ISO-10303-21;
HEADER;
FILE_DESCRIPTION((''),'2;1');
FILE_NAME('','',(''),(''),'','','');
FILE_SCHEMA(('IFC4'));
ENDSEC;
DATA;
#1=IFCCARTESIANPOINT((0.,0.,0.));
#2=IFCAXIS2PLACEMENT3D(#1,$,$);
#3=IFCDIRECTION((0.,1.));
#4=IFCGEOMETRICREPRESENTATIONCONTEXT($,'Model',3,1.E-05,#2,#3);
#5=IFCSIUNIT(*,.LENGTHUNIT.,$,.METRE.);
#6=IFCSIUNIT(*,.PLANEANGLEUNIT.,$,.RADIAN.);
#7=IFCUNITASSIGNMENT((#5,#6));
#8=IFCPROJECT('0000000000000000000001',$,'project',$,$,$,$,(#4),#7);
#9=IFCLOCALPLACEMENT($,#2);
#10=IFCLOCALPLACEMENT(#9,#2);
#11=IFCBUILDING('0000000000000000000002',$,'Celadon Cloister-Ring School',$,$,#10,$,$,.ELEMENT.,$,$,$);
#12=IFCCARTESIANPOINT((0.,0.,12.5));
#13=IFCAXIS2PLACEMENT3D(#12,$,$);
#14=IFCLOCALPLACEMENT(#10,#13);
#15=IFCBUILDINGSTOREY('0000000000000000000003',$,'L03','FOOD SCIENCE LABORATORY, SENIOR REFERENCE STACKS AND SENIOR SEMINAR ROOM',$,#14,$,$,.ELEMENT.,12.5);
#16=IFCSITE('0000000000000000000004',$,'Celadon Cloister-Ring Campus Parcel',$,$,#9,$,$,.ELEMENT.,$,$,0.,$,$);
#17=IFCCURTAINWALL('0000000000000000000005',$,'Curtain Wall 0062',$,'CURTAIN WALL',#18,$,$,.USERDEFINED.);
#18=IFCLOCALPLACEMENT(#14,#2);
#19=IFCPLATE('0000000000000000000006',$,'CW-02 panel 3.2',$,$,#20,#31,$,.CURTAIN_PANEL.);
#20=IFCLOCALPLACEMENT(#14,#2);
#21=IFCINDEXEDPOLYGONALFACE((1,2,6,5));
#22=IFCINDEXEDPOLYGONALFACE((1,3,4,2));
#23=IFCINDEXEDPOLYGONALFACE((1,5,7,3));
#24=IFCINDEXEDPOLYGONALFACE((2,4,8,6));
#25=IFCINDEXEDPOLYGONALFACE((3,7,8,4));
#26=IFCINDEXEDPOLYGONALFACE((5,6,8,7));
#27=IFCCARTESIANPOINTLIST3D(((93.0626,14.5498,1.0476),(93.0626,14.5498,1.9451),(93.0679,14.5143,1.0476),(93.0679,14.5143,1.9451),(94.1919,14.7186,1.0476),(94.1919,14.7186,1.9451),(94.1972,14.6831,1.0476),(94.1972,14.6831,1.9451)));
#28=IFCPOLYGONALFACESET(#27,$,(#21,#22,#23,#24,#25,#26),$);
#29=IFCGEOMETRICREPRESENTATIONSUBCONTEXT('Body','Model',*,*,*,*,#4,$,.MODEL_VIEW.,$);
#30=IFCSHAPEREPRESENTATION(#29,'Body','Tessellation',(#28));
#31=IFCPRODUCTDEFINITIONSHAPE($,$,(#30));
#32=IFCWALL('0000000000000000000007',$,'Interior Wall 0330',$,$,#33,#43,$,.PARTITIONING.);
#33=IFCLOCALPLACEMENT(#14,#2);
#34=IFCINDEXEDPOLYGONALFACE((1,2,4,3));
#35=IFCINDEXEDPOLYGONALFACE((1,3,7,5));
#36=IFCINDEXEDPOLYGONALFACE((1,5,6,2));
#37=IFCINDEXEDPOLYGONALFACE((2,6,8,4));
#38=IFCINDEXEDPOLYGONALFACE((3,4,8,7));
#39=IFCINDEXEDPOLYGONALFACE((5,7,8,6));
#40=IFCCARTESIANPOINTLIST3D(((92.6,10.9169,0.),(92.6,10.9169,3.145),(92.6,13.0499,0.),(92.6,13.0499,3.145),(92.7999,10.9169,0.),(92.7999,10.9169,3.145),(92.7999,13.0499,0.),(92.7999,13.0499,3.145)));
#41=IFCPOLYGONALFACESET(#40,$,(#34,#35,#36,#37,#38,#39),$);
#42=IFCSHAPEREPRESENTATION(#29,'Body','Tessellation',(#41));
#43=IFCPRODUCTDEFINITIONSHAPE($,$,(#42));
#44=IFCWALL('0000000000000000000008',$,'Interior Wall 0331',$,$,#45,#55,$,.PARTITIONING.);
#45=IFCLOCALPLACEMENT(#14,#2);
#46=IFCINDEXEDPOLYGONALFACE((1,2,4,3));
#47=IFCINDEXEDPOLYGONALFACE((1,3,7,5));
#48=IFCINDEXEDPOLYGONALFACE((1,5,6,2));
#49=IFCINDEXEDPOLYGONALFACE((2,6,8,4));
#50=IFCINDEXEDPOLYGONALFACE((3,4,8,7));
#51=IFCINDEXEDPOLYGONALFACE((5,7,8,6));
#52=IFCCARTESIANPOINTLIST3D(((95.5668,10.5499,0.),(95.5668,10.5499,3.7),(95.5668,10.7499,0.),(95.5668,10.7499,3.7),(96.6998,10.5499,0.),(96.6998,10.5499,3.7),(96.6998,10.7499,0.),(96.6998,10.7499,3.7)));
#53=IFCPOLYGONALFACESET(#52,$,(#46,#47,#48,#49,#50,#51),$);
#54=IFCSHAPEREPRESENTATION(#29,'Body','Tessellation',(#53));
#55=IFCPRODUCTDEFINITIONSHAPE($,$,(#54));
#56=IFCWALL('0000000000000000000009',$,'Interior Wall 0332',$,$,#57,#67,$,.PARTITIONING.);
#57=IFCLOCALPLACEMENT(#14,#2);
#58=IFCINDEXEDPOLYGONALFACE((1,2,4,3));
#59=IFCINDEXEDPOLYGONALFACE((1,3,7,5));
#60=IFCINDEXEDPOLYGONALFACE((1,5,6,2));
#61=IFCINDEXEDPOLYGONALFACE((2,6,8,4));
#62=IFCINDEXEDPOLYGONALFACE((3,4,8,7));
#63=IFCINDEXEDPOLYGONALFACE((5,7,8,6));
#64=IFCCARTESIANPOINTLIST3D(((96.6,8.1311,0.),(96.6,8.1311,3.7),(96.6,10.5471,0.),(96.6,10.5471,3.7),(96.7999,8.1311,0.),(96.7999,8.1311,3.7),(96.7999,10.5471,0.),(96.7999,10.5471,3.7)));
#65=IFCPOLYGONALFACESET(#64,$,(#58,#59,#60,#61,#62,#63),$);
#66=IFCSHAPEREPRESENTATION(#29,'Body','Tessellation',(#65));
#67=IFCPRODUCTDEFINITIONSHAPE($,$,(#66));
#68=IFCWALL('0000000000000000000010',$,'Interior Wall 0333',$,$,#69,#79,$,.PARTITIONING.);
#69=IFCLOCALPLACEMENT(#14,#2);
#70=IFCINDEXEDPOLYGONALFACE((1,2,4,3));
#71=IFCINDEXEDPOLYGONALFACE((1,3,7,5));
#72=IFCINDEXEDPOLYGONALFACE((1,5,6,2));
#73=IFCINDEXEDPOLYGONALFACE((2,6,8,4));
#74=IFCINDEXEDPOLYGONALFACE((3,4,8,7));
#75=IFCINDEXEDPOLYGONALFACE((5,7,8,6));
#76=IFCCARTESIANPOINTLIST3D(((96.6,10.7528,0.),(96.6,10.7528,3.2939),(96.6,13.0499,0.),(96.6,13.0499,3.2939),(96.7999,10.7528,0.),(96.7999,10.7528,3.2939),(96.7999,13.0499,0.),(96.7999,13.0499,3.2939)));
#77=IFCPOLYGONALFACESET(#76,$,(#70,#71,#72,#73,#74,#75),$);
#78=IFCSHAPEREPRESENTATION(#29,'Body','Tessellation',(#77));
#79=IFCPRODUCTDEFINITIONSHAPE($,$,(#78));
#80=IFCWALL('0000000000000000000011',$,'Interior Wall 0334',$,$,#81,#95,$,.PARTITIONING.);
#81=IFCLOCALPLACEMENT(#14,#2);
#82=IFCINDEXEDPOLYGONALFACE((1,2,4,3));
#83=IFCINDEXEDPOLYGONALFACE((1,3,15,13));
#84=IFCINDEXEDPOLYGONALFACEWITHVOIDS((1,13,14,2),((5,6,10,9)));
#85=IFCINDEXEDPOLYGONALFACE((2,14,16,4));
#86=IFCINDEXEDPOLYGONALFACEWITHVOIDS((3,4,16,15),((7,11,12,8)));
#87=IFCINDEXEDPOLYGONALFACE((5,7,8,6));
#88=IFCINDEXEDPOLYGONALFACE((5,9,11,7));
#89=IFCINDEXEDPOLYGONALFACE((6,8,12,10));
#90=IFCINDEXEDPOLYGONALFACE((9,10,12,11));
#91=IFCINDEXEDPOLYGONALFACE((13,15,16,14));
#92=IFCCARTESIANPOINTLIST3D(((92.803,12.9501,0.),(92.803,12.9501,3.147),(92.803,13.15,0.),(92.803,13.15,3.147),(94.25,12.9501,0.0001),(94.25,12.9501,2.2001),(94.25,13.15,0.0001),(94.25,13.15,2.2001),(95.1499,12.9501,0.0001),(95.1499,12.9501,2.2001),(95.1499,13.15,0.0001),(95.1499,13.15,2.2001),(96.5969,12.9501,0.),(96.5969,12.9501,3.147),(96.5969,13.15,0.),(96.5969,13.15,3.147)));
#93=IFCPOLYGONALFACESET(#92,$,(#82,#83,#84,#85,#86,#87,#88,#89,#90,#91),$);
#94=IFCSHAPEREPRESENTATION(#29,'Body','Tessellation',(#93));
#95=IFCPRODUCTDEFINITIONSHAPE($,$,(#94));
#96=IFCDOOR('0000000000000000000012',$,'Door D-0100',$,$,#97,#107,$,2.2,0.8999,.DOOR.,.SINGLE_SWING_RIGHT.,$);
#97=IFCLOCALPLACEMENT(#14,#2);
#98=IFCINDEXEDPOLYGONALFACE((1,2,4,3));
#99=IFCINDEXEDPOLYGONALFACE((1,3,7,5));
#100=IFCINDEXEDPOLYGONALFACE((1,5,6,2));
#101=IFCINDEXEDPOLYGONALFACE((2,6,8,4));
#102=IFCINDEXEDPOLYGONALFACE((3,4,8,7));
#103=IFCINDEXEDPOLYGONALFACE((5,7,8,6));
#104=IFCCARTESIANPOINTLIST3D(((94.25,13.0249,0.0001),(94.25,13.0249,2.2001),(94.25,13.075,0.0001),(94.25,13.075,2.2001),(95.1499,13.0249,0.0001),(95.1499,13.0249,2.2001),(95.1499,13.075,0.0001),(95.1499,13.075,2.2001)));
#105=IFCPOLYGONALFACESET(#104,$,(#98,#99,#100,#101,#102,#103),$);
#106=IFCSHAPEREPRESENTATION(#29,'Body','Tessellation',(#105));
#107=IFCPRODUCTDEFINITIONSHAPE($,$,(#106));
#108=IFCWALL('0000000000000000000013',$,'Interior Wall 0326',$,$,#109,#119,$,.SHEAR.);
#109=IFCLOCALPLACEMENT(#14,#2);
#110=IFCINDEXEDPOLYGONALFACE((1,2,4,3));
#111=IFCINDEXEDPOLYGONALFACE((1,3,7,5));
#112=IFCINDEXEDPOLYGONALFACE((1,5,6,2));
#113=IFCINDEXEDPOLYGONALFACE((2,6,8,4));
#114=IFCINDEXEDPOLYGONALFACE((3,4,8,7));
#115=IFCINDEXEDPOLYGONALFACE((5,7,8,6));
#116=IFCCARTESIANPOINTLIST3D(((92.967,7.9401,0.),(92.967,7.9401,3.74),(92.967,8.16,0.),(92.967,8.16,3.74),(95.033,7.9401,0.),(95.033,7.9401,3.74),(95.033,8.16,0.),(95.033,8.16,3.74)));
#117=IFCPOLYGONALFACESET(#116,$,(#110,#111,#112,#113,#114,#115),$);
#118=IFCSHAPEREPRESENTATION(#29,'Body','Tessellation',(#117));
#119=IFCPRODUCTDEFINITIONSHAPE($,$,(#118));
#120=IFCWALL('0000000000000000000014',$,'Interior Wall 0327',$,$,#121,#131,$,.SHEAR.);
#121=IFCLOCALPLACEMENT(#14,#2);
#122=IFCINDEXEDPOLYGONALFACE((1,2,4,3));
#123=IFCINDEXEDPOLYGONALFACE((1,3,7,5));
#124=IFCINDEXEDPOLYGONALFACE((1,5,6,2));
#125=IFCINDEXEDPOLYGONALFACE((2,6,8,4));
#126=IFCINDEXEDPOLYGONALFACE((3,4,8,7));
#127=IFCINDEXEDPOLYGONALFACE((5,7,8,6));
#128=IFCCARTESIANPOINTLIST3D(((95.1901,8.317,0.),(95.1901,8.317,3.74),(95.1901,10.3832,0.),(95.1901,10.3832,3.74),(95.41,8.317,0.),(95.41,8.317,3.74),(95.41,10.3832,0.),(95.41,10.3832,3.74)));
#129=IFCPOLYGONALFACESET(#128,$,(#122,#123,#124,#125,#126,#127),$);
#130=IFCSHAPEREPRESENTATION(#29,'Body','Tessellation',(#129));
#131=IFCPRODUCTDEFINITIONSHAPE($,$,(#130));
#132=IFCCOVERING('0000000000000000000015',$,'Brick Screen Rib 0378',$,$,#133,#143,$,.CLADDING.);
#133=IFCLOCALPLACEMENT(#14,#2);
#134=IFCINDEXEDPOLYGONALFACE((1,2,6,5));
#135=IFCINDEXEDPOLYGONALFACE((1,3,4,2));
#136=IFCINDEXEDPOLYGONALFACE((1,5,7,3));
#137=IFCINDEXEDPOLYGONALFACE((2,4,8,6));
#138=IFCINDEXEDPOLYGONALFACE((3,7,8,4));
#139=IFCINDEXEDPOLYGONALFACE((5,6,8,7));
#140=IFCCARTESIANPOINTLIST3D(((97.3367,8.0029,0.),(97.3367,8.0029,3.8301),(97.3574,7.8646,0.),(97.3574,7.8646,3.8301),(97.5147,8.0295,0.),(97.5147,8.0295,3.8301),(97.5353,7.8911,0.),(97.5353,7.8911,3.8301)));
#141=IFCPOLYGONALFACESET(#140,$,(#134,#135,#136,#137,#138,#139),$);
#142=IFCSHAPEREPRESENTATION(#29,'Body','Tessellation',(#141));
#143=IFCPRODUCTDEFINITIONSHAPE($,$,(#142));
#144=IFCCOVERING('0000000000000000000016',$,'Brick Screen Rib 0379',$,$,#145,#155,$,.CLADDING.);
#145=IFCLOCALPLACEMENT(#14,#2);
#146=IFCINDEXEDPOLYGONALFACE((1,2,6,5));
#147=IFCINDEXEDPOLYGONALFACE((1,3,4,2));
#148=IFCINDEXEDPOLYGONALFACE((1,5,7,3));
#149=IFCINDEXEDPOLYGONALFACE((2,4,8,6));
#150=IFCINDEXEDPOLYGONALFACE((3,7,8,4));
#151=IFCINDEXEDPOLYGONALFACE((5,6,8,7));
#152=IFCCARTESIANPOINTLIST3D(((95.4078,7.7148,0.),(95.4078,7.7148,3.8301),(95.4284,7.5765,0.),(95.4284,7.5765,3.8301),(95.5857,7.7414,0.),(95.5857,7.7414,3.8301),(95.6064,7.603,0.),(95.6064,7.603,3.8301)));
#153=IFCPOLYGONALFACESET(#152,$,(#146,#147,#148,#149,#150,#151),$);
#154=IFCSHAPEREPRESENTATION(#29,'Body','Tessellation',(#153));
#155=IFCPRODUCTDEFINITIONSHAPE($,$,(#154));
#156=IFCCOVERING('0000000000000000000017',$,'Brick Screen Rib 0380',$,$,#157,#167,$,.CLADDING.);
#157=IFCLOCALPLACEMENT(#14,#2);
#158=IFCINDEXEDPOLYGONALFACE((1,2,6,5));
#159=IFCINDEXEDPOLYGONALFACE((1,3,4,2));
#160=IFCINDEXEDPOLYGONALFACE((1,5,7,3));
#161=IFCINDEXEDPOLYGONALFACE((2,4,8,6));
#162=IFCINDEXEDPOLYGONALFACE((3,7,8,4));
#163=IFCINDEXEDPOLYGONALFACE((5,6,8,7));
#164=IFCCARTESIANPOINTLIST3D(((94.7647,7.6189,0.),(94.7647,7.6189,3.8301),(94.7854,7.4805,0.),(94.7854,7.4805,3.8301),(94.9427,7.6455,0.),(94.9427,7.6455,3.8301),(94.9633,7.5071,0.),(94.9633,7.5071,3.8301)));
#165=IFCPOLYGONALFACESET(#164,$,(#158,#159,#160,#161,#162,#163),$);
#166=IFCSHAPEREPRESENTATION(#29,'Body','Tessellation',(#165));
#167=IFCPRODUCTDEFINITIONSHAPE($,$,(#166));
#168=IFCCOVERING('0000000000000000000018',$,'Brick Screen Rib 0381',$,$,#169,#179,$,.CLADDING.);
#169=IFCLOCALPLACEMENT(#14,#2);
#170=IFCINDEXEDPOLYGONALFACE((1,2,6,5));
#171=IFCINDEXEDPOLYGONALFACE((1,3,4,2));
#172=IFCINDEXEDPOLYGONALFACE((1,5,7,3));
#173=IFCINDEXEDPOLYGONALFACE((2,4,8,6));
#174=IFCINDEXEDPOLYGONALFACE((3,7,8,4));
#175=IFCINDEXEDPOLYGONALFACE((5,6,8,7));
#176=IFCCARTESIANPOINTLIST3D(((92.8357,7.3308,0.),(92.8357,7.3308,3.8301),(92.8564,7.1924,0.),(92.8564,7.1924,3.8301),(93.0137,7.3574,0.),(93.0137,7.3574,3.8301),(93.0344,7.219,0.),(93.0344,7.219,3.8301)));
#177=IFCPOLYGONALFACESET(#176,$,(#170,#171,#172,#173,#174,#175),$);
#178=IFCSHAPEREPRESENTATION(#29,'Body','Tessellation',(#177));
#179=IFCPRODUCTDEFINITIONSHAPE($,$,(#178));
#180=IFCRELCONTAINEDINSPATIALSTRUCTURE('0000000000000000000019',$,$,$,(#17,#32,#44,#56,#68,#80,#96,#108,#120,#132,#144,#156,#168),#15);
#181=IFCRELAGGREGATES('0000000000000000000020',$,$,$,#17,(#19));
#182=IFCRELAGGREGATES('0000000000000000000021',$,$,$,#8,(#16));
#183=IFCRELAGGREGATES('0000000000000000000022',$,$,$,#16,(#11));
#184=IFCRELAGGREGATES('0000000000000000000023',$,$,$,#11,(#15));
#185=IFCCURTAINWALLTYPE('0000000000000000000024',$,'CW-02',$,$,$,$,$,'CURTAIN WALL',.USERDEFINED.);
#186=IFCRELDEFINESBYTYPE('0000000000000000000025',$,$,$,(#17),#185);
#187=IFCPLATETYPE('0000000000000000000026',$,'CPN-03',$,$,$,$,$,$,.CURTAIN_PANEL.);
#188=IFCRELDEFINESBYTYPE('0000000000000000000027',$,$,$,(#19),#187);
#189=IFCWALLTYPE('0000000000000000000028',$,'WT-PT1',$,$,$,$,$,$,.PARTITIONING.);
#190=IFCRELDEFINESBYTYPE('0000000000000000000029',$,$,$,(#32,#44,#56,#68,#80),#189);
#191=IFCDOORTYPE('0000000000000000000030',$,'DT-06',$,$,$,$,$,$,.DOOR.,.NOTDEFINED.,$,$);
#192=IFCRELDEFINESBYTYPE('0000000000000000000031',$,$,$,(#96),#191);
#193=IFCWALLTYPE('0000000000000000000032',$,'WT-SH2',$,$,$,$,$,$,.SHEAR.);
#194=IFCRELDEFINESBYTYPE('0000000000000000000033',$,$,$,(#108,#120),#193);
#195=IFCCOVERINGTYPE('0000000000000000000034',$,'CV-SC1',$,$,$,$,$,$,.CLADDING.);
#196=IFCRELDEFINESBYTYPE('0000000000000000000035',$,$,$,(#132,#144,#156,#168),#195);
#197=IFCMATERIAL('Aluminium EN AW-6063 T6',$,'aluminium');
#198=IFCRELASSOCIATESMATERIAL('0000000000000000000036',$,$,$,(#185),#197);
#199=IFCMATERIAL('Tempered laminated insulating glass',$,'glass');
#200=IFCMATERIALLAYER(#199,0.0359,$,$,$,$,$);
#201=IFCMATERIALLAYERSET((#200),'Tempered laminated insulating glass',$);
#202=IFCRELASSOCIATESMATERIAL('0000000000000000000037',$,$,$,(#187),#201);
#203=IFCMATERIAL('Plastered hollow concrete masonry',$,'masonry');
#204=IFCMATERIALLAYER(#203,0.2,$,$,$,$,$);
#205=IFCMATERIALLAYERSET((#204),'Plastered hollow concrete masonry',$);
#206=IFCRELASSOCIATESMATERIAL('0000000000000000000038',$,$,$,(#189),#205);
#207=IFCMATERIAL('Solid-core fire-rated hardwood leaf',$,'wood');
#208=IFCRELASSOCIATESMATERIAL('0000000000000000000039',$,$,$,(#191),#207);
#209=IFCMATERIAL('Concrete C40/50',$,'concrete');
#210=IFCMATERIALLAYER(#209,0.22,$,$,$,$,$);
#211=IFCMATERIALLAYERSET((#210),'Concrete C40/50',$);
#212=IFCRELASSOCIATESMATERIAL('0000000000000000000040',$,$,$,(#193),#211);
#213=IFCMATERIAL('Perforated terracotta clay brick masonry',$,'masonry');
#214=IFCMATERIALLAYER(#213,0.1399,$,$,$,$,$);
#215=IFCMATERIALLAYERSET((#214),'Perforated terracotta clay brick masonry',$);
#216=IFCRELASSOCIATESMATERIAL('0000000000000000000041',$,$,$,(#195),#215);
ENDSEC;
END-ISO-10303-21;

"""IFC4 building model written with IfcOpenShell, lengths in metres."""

from ifc_helpers import new_model, si_unit, direction, frame, frame_2d, origin, origin_2d, place, context, subcontext, project, spatial, rectangle, extrude, material, layer, layer_set, type_object, element, fill, aggregate, save


model = new_model("IFC4")

# Units and contexts
model_context = context("Model", 3, precision=1e-05, world=origin(), true_north=direction((0.0, 1.0)))
body_context = subcontext(model_context, "Body", "Model", "MODEL_VIEW")
ifc_project = project(units=[si_unit("LENGTHUNIT", "METRE"), si_unit("PLANEANGLEUNIT", "RADIAN")], contexts=[model_context])

# Site, building, storey
site_placement = place(None, origin())
site = spatial("IfcSite", under=ifc_project, at=site_placement, Name="Celadon Cloister-Ring Campus Parcel", CompositionType="ELEMENT", RefElevation=0.0)
building_placement = place(site_placement, origin())
building = spatial("IfcBuilding", under=site, at=building_placement, Name="Celadon Cloister-Ring School", CompositionType="ELEMENT")
storey_placement = place(building_placement, frame((0.0, 0.0, 12.5)))
storey = spatial("IfcBuildingStorey", under=building, at=storey_placement, Name="L03", Description="FOOD SCIENCE LABORATORY, SENIOR REFERENCE STACKS AND SENIOR SEMINAR ROOM", CompositionType="ELEMENT", Elevation=12.5)

# Curtain wall
ifc_material_1 = material(Name="Aluminium EN AW-6063 T6", Category="aluminium")
curtain_wall_type = type_object("IfcCurtainWallType", Name="CW-02", ElementType="CURTAIN WALL", PredefinedType="USERDEFINED", material=ifc_material_1)
curtain_wall_placement = place(storey_placement, origin())
curtain_wall = element("IfcCurtainWall", 1, at=curtain_wall_placement, inside=storey, type_object=curtain_wall_type, Name="Curtain Wall 0062", ObjectType="CURTAIN WALL", PredefinedType="USERDEFINED")

# Plate
ifc_material_2 = material(Name="Tempered laminated insulating glass", Category="glass")
ifc_layer_1 = layer(ifc_material_2, 0.0359)
ifc_layer_set_1 = layer_set([ifc_layer_1], Name="Tempered laminated insulating glass")
plate_type = type_object("IfcPlateType", Name="CPN-03", PredefinedType="CURTAIN_PANEL", material=ifc_layer_set_1)
plate_1_placement = place(storey_placement, frame((93.6299, 14.6165, 1.0476), z_axis=(0.0, 0.0, 1.0), x_axis=(0.989015, 0.147812, 0.0)))
plate_1 = element("IfcPlate", 2, at=plate_1_placement, type_object=plate_type, Name="CW-02 panel 3.2", PredefinedType="CURTAIN_PANEL", context=body_context, shape_type="SweptSolid", body=[
    extrude(rectangle(XDim=1.1418, YDim=0.0359, at=origin_2d()), origin(), (0.0, 0.0, 1.0), 0.8975),
])
aggregate(curtain_wall, [plate_1])

# Walls
ifc_material_3 = material(Name="Plastered hollow concrete masonry", Category="masonry")
ifc_layer_2 = layer(ifc_material_3, 0.2)
ifc_layer_set_2 = layer_set([ifc_layer_2], Name="Plastered hollow concrete masonry")
wall_type_1 = type_object("IfcWallType", Name="WT-PT1", PredefinedType="PARTITIONING", material=ifc_layer_set_2)
wall_1_placement = place(storey_placement, frame((92.7, 10.917, 0.0), z_axis=(0.0, 0.0, 1.0), x_axis=(0.0, 1.0, 0.0)))
element("IfcWall", 3, at=wall_1_placement, inside=storey, type_object=wall_type_1, Name="Interior Wall 0330", PredefinedType="PARTITIONING", context=body_context, shape_type="SweptSolid", body=[
    extrude(rectangle(XDim=2.1331, YDim=0.2, at=frame_2d((1.0664, 0.0))), origin(), (0.0, 0.0, 1.0), 3.145),
])
wall_2_placement = place(storey_placement, frame((95.5669, 10.6499, 0.0), z_axis=(0.0, 0.0, 1.0), x_axis=(1.0, 0.0, 0.0)))
element("IfcWall", 4, at=wall_2_placement, inside=storey, type_object=wall_type_1, Name="Interior Wall 0331", PredefinedType="PARTITIONING", context=body_context, shape_type="SweptSolid", body=[
    extrude(rectangle(XDim=1.1331, YDim=0.2, at=frame_2d((0.5664, 0.0))), origin(), (0.0, 0.0, 1.0), 3.7),
])
wall_3_placement = place(storey_placement, frame((96.7, 8.1311, 0.0), z_axis=(0.0, 0.0, 1.0), x_axis=(0.0, 1.0, 0.0)))
element("IfcWall", 5, at=wall_3_placement, inside=storey, type_object=wall_type_1, Name="Interior Wall 0332", PredefinedType="PARTITIONING", context=body_context, shape_type="SweptSolid", body=[
    extrude(rectangle(XDim=2.416, YDim=0.2, at=frame_2d((1.208, 0.0))), origin(), (0.0, 0.0, 1.0), 3.7),
])
wall_4_placement = place(storey_placement, frame((96.7, 10.7529, 0.0), z_axis=(0.0, 0.0, 1.0), x_axis=(0.0, 1.0, 0.0)))
element("IfcWall", 6, at=wall_4_placement, inside=storey, type_object=wall_type_1, Name="Interior Wall 0333", PredefinedType="PARTITIONING", context=body_context, shape_type="SweptSolid", body=[
    extrude(rectangle(XDim=2.2971, YDim=0.2, at=frame_2d((1.1484, 0.0))), origin(), (0.0, 0.0, 1.0), 3.2939),
])

# Wall, opening, door
wall_5_placement = place(storey_placement, frame((92.803, 13.05, 0.0), z_axis=(0.0, 0.0, 1.0), x_axis=(1.0, 0.0, 0.0)))
wall_5 = element("IfcWall", 7, at=wall_5_placement, inside=storey, type_object=wall_type_1, Name="Interior Wall 0334", PredefinedType="PARTITIONING", context=body_context, shape_type="SweptSolid", body=[
    extrude(rectangle(XDim=3.7939, YDim=0.2, at=frame_2d((1.897, 0.0))), origin(), (0.0, 0.0, 1.0), 3.147),
])
opening_1_placement = place(wall_5_placement, frame((1.447, 0.0, 0.0)))
opening_1 = element("IfcOpeningElement", 8, at=opening_1_placement, cuts=wall_5, PredefinedType="OPENING", context=body_context, shape_type="SweptSolid", body=[
    extrude(rectangle(XDim=0.8999, YDim=2.2, at=frame_2d((0.45, 1.1001))), frame((0.0, 0.1099, 0.0), z_axis=(0.0, -1.0, 0.0), x_axis=(1.0, 0.0, 0.0)), (0.0, 0.0, 1.0), 0.22),
])
ifc_material_4 = material(Name="Solid-core fire-rated hardwood leaf", Category="wood")
door_type_1 = type_object("IfcDoorType", Name="DT-06", OperationType="NOTDEFINED", PredefinedType="DOOR", material=ifc_material_4)
door_1_placement = place(opening_1_placement, origin())
door_1 = element("IfcDoor", 9, at=door_1_placement, inside=storey, type_object=door_type_1, Name="Door D-0100", OperationType="SINGLE_SWING_RIGHT", OverallHeight=2.2, OverallWidth=0.8999, PredefinedType="DOOR", context=body_context, shape_type="SweptSolid", body=[
    extrude(rectangle(XDim=0.8999, YDim=2.2, at=frame_2d((0.45, 1.1001))), frame((0.0, 0.0249, 0.0), z_axis=(0.0, -1.0, 0.0), x_axis=(1.0, 0.0, 0.0)), (0.0, 0.0, 1.0), 0.05),
])
fill(opening_1, door_1)

# Walls
ifc_material_5 = material(Name="Concrete C40/50", Category="concrete")
ifc_layer_3 = layer(ifc_material_5, 0.22)
ifc_layer_set_3 = layer_set([ifc_layer_3], Name="Concrete C40/50")
wall_type_2 = type_object("IfcWallType", Name="WT-SH2", PredefinedType="SHEAR", material=ifc_layer_set_3)
wall_6_placement = place(storey_placement, frame((92.967, 8.05, 0.0), z_axis=(0.0, 0.0, 1.0), x_axis=(1.0, 0.0, 0.0)))
element("IfcWall", 10, at=wall_6_placement, inside=storey, type_object=wall_type_2, Name="Interior Wall 0326", PredefinedType="SHEAR", context=body_context, shape_type="SweptSolid", body=[
    extrude(rectangle(XDim=2.0659, YDim=0.22, at=frame_2d((1.033, 0.0))), origin(), (0.0, 0.0, 1.0), 3.74),
])
wall_7_placement = place(storey_placement, frame((95.3, 8.3169, 0.0), z_axis=(0.0, 0.0, 1.0), x_axis=(0.0, 1.0, 0.0)))
element("IfcWall", 11, at=wall_7_placement, inside=storey, type_object=wall_type_2, Name="Interior Wall 0327", PredefinedType="SHEAR", context=body_context, shape_type="SweptSolid", body=[
    extrude(rectangle(XDim=2.0662, YDim=0.22, at=frame_2d((1.0332, 0.0))), origin(), (0.0, 0.0, 1.0), 3.74),
])

# Coverings
ifc_material_6 = material(Name="Perforated terracotta clay brick masonry", Category="masonry")
ifc_layer_4 = layer(ifc_material_6, 0.1399)
ifc_layer_set_4 = layer_set([ifc_layer_4], Name="Perforated terracotta clay brick masonry")
covering_type = type_object("IfcCoveringType", Name="CV-SC1", PredefinedType="CLADDING", material=ifc_layer_set_4)
for number, where, z_axis, x_axis, name in (
    (12, (97.436, 7.947, 0.0), (0.0, 0.0, 1.0), (-0.989034, -0.147689, 0.0), "Brick Screen Rib 0378"),
    (13, (95.5071, 7.6589, 0.0), (0.0, 0.0, 1.0), (-0.989034, -0.147689, 0.0), "Brick Screen Rib 0379"),
    (14, (94.864, 7.563, 0.0), (0.0, 0.0, 1.0), (-0.989034, -0.147689, 0.0), "Brick Screen Rib 0380"),
    (15, (92.9351, 7.2749, 0.0), (0.0, 0.0, 1.0), (-0.989034, -0.147689, 0.0), "Brick Screen Rib 0381"),
):
    element("IfcCovering", number, at=place(storey_placement, frame(where, z_axis=z_axis, x_axis=x_axis)), inside=storey, type_object=covering_type, Name=name, PredefinedType="CLADDING", context=body_context, shape_type="SweptSolid", body=[
        extrude(rectangle(XDim=0.1799, YDim=0.1399, at=origin_2d()), origin(), (0.0, 0.0, 1.0), 3.8301),
    ])

save(model, "model.ifc")
